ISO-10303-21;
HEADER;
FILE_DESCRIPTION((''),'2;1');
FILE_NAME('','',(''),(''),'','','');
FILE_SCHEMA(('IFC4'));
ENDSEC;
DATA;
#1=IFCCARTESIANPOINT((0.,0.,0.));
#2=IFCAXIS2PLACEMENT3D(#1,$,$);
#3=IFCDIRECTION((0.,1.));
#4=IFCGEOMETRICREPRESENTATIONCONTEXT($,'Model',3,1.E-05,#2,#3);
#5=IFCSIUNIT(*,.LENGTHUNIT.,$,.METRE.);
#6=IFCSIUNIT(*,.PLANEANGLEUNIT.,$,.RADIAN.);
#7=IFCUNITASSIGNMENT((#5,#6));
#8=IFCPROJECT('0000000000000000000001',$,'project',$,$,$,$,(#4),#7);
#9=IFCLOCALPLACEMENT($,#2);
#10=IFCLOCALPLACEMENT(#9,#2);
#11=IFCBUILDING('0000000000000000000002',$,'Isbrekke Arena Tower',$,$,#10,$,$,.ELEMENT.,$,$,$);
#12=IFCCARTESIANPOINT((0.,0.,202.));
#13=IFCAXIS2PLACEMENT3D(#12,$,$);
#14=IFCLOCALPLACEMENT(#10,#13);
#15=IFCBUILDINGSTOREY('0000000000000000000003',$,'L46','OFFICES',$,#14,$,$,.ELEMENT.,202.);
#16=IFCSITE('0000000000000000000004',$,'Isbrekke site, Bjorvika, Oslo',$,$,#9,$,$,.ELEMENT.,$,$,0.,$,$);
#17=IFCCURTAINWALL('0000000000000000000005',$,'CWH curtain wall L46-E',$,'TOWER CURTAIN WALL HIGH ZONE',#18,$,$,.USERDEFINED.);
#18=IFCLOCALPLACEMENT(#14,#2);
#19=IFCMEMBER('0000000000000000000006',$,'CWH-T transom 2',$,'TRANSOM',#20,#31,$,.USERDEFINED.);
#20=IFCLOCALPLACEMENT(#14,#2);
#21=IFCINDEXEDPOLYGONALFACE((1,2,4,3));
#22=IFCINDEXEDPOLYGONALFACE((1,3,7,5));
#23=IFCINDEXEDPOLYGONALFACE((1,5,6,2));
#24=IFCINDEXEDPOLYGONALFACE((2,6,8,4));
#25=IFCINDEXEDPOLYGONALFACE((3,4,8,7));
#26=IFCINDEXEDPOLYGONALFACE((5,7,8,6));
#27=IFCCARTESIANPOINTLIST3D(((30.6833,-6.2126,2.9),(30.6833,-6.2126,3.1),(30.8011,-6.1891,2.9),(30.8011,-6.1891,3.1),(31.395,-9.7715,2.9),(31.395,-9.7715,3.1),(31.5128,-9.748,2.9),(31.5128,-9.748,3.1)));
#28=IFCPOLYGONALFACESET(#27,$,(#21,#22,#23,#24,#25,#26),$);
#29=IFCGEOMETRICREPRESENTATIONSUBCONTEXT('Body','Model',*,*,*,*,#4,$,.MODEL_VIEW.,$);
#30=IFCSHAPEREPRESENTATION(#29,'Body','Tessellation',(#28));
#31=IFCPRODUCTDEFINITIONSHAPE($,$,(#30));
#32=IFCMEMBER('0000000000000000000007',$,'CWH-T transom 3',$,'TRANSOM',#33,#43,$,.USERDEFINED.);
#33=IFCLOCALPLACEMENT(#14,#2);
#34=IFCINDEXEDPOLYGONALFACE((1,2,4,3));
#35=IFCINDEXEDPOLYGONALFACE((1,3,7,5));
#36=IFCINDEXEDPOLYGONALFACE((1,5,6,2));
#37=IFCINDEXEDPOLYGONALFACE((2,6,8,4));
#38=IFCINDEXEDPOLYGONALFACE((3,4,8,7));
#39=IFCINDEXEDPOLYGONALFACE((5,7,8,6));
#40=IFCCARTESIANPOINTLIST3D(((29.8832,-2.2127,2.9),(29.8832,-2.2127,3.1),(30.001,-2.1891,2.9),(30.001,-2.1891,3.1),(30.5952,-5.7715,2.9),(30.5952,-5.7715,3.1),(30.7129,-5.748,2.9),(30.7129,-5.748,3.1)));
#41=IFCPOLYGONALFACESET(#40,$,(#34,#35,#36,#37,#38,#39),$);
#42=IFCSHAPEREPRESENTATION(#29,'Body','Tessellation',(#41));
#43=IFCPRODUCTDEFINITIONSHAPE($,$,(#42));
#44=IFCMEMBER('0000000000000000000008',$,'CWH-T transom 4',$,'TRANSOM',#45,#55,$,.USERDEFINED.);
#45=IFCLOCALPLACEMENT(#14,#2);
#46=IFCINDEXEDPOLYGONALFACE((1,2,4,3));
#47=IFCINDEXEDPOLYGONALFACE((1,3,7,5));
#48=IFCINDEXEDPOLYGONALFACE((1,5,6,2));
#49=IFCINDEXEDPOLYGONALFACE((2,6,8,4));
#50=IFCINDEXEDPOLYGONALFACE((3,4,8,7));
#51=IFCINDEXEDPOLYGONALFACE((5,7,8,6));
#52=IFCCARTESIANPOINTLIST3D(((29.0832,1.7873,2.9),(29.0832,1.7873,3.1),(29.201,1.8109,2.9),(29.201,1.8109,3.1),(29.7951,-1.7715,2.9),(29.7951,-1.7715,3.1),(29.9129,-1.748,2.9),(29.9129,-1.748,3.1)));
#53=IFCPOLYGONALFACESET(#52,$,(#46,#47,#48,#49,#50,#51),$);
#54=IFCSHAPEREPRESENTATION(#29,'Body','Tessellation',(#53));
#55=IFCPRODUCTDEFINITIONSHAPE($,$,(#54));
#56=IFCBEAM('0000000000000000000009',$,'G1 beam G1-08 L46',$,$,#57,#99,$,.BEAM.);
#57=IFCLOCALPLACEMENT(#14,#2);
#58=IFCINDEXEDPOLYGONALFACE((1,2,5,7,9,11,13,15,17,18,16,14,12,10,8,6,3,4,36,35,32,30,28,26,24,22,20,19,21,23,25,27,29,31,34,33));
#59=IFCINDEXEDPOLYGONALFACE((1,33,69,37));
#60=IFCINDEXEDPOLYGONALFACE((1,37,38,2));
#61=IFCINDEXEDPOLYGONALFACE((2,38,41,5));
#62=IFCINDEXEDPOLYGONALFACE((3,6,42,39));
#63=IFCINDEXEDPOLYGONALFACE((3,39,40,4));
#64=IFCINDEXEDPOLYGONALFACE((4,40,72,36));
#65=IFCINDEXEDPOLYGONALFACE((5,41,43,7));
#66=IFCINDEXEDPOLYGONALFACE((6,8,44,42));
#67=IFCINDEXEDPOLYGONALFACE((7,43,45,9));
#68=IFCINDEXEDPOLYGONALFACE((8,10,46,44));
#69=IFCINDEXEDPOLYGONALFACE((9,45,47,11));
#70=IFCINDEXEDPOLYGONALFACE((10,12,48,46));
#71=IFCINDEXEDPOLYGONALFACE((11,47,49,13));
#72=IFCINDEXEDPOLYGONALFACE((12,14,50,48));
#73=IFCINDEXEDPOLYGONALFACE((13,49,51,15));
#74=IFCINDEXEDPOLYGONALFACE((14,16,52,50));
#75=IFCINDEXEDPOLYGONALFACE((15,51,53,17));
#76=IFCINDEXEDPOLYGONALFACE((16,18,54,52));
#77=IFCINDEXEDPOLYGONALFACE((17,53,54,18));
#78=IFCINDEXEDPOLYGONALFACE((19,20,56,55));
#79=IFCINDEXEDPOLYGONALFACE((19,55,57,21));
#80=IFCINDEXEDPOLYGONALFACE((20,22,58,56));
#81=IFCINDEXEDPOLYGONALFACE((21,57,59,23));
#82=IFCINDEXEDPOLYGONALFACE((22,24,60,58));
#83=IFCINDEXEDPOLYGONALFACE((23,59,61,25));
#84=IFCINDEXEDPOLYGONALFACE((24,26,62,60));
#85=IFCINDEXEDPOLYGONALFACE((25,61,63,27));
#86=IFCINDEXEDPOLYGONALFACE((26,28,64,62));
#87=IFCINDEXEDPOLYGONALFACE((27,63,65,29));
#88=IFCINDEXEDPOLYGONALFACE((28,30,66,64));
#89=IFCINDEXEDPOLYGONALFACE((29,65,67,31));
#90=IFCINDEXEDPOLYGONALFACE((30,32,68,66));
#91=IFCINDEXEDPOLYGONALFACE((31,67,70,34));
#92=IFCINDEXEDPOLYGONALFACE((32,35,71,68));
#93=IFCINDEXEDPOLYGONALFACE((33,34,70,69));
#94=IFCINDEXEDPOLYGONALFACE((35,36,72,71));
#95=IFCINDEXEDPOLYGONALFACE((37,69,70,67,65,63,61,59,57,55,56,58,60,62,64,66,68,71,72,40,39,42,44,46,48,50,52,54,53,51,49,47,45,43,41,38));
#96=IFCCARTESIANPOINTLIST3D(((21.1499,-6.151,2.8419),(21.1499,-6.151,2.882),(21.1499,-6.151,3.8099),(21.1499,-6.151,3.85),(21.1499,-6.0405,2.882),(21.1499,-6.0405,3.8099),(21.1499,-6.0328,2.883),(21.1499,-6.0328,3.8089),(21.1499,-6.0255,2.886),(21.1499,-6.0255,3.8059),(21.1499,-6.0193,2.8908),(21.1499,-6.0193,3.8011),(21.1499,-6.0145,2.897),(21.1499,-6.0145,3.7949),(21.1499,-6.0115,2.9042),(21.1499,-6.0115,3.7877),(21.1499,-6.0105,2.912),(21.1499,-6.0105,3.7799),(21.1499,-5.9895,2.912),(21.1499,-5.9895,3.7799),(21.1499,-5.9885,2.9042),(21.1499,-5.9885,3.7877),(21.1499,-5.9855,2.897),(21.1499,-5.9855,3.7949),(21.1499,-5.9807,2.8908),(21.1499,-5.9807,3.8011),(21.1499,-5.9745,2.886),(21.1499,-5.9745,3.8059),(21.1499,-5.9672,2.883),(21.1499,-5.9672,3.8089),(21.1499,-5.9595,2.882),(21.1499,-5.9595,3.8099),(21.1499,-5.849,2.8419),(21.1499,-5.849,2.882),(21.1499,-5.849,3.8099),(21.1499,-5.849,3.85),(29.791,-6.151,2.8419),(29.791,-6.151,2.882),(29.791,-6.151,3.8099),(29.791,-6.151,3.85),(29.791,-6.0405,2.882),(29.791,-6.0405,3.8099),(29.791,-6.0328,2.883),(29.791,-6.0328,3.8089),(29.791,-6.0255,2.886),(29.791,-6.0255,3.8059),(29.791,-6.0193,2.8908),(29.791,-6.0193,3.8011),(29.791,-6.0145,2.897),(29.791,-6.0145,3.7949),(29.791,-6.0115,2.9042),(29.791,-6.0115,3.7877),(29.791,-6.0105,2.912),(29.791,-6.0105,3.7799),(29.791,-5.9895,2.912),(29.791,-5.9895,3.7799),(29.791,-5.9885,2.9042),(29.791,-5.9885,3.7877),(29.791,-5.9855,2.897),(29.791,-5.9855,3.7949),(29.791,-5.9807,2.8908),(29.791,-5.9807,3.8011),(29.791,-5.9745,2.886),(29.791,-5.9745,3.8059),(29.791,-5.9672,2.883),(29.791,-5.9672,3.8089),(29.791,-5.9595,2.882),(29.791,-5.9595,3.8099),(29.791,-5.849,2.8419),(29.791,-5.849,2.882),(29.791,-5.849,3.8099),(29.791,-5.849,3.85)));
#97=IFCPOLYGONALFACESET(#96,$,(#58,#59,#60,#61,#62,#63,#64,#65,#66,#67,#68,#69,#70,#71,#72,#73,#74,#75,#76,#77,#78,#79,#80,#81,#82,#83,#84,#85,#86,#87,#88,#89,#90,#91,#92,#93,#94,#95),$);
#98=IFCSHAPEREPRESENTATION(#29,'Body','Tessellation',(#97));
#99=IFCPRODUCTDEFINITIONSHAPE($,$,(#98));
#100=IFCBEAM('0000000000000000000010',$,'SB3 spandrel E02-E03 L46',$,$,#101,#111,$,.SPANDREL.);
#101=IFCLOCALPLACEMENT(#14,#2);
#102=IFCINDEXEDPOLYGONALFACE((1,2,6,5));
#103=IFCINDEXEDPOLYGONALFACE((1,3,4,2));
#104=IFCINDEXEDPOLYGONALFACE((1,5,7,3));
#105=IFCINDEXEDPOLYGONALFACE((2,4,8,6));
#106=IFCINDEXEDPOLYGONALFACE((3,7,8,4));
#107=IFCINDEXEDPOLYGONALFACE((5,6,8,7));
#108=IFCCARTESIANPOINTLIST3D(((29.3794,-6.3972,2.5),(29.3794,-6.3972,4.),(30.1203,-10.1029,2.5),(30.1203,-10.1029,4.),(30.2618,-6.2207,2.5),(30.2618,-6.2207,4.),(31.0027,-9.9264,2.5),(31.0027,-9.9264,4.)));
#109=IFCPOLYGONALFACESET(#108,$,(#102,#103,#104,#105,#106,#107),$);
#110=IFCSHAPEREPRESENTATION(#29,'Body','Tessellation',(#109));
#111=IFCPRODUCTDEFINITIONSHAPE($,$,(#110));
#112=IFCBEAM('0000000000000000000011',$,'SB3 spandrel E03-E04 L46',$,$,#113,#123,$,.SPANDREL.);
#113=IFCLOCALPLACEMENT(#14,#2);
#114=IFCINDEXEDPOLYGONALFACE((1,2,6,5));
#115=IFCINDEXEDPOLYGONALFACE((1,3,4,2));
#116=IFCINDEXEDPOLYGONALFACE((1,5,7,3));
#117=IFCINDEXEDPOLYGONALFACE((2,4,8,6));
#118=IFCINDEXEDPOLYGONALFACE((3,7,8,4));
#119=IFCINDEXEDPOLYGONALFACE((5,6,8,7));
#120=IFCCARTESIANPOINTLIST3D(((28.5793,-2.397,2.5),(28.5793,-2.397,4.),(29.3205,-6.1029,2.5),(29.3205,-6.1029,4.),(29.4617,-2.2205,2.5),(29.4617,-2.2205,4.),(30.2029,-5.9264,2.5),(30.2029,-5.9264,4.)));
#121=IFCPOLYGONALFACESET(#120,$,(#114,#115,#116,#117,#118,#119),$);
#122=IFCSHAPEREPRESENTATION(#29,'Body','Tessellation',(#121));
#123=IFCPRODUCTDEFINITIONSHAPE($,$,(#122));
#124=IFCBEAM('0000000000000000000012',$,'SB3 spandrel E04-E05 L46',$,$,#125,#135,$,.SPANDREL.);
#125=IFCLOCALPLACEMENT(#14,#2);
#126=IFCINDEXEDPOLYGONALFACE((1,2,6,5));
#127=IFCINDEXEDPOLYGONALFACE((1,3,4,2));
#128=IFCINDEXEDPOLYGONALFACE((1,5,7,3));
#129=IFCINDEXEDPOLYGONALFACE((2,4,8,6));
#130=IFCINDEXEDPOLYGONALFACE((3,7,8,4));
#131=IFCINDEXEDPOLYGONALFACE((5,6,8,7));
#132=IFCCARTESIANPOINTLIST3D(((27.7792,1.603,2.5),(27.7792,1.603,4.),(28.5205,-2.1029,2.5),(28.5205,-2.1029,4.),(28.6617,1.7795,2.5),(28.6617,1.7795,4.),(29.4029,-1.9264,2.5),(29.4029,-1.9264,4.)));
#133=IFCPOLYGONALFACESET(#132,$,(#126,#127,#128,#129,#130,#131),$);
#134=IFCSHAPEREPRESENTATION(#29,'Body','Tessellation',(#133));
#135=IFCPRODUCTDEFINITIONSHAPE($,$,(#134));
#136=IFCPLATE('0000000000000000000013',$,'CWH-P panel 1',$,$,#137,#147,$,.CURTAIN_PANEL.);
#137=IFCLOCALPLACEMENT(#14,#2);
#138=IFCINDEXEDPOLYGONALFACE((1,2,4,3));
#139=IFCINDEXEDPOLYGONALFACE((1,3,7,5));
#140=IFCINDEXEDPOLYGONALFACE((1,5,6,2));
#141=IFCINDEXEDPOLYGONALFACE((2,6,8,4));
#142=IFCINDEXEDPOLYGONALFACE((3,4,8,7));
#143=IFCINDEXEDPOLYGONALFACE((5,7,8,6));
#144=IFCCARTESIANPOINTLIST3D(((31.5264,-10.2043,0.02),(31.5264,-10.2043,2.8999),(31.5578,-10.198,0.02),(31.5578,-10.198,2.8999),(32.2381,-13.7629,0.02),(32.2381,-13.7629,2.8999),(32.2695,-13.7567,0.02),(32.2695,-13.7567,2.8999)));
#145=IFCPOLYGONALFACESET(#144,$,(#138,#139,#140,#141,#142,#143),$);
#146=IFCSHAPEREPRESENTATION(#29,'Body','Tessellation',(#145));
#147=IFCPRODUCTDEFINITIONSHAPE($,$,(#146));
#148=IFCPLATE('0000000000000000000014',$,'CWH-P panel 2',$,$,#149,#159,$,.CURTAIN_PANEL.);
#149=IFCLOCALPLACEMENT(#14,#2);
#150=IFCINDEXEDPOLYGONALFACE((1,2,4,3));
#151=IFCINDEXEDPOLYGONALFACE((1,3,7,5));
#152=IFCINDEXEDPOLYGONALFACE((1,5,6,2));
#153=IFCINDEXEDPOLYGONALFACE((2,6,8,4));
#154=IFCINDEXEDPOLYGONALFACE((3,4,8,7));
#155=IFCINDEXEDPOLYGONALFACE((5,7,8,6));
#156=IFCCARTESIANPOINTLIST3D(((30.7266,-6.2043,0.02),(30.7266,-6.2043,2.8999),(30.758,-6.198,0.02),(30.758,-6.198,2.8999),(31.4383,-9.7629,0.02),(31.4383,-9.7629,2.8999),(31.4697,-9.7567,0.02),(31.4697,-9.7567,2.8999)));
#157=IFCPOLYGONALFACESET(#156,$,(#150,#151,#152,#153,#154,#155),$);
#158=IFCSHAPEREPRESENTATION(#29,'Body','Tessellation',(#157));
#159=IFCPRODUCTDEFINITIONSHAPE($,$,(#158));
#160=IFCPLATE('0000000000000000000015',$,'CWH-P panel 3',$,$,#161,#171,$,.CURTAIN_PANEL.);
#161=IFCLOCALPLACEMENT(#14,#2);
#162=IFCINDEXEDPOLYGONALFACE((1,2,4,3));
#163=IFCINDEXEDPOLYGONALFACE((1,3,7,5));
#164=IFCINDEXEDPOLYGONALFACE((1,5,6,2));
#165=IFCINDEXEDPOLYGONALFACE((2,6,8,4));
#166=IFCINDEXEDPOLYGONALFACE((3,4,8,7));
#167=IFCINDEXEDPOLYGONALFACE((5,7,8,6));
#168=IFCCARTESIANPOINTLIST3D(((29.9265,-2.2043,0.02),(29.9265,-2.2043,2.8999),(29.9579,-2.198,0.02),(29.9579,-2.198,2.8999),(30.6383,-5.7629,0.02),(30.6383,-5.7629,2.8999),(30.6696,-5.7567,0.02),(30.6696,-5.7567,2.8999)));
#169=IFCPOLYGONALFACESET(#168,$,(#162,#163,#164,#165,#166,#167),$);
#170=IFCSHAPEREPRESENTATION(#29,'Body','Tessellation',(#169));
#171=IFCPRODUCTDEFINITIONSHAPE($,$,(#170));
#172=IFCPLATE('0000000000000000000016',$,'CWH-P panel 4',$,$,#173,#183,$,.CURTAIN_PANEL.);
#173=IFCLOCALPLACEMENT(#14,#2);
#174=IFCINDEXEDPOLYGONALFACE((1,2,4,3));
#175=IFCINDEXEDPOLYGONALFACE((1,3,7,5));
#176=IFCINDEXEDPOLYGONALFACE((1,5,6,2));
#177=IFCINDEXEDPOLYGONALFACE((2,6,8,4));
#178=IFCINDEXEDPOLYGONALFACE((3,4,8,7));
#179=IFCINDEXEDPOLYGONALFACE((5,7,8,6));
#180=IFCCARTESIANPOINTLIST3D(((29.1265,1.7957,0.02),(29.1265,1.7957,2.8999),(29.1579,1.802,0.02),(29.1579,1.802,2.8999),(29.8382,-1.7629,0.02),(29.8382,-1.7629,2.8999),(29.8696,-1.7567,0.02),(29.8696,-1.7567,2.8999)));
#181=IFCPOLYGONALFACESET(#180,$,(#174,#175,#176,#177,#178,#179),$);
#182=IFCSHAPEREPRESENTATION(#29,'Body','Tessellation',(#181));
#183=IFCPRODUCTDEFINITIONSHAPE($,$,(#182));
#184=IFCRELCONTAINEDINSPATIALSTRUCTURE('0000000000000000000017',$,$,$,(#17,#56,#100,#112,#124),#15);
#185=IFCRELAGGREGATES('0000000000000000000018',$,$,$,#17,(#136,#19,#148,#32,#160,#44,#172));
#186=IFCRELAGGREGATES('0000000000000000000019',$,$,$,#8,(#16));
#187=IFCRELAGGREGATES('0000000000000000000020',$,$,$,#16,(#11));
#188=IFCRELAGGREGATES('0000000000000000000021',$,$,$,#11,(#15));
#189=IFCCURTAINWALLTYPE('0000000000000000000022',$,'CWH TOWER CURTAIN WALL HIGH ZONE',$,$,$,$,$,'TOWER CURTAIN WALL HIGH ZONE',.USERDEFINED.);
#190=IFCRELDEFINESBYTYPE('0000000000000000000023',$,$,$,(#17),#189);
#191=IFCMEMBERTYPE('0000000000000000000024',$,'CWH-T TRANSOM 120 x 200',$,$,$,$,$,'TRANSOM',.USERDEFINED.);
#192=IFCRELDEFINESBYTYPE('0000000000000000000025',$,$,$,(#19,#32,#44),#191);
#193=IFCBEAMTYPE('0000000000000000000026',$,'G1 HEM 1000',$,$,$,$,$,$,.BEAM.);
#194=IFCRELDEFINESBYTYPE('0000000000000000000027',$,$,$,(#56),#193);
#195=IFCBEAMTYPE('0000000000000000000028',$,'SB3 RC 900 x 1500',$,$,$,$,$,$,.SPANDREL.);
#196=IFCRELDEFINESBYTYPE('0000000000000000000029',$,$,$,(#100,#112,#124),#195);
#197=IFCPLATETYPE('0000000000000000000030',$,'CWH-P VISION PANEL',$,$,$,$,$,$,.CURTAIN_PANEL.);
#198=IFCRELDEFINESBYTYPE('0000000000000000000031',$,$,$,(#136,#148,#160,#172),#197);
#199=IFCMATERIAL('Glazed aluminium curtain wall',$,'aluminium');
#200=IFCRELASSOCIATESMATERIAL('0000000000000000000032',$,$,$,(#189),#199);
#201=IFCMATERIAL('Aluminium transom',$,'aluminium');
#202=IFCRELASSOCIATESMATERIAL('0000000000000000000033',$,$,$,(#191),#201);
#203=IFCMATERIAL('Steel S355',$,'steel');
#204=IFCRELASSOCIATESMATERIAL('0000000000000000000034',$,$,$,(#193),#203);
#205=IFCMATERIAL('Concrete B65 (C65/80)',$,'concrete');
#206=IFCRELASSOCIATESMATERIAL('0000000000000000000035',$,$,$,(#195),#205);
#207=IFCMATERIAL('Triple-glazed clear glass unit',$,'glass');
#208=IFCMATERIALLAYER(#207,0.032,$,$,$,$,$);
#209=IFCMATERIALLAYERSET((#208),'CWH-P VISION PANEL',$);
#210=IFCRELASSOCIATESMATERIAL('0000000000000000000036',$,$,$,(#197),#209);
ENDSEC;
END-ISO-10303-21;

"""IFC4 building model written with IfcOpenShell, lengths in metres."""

from ifc_helpers import new_model, si_unit, direction, frame, origin, origin_2d, place, context, subcontext, project, spatial, rectangle, i_section, extrude, material, layer, layer_set, material_profile, profile_set, type_object, element, aggregate, save


model = new_model("IFC4")

# Units and contexts
model_context = context("Model", 3, precision=1e-05, world=origin(), true_north=direction((0.0, 1.0)))
body_context = subcontext(model_context, "Body", "Model", "MODEL_VIEW")
ifc_project = project(units=[si_unit("LENGTHUNIT", "METRE"), si_unit("PLANEANGLEUNIT", "RADIAN")], contexts=[model_context])

# Site, building, storey
site_placement = place(None, origin())
site = spatial("IfcSite", under=ifc_project, at=site_placement, Name="Isbrekke site, Bjorvika, Oslo", CompositionType="ELEMENT", RefElevation=0.0)
building_placement = place(site_placement, origin())
building = spatial("IfcBuilding", under=site, at=building_placement, Name="Isbrekke Arena Tower", CompositionType="ELEMENT")
storey_placement = place(building_placement, frame((0.0, 0.0, 202.0)))
storey = spatial("IfcBuildingStorey", under=building, at=storey_placement, Name="L46", Description="OFFICES", CompositionType="ELEMENT", Elevation=202.0)

# Curtain wall, members
ifc_material_1 = material(Name="Glazed aluminium curtain wall", Category="aluminium")
curtain_wall_type = type_object("IfcCurtainWallType", Name="CWH TOWER CURTAIN WALL HIGH ZONE", ElementType="TOWER CURTAIN WALL HIGH ZONE", PredefinedType="USERDEFINED", material=ifc_material_1)
curtain_wall_placement = place(storey_placement, origin())
curtain_wall = element("IfcCurtainWall", 1, at=curtain_wall_placement, inside=storey, type_object=curtain_wall_type, Name="CWH curtain wall L46-E", ObjectType="TOWER CURTAIN WALL HIGH ZONE", PredefinedType="USERDEFINED")
ifc_material_2 = material(Name="Aluminium transom", Category="aluminium")
ifc_material_profile_1 = material_profile(ifc_material_2, rectangle(XDim=0.1201, YDim=0.2, at=origin_2d()), Name="TRANSOM 120X200")
ifc_profile_set_1 = profile_set([ifc_material_profile_1], Name="Aluminium transom")
member_type_1 = type_object("IfcMemberType", Name="CWH-T TRANSOM 120 x 200", ElementType="TRANSOM", PredefinedType="USERDEFINED", material=ifc_profile_set_1)
member_1_placement = place(storey_placement, frame((31.4539, -9.7598, 3.0), z_axis=(-0.19609, 0.980586, 0.0), x_axis=(-0.980586, -0.19609, 0.0)))
member_1 = element("IfcMember", 2, at=member_1_placement, type_object=member_type_1, Name="CWH-T transom 2", ObjectType="TRANSOM", PredefinedType="USERDEFINED", context=body_context, shape_type="SweptSolid", body=[
    extrude(rectangle(XDim=0.1201, YDim=0.2, at=origin_2d()), origin(), (0.0, 0.0, 1.0), 3.6294),
])
member_2_placement = place(storey_placement, frame((30.6541, -5.7598, 3.0), z_axis=(-0.196155, 0.980573, 0.0), x_axis=(-0.980573, -0.196155, 0.0)))
member_2 = element("IfcMember", 3, at=member_2_placement, type_object=member_type_1, Name="CWH-T transom 3", ObjectType="TRANSOM", PredefinedType="USERDEFINED", context=body_context, shape_type="SweptSolid", body=[
    extrude(rectangle(XDim=0.1201, YDim=0.2, at=origin_2d()), origin(), (0.0, 0.0, 1.0), 3.6294),
])
member_3_placement = place(storey_placement, frame((29.854, -1.7598, 3.0), z_axis=(-0.196155, 0.980573, 0.0), x_axis=(-0.980573, -0.196155, 0.0)))
member_3 = element("IfcMember", 4, at=member_3_placement, type_object=member_type_1, Name="CWH-T transom 4", ObjectType="TRANSOM", PredefinedType="USERDEFINED", context=body_context, shape_type="SweptSolid", body=[
    extrude(rectangle(XDim=0.1201, YDim=0.2, at=origin_2d()), origin(), (0.0, 0.0, 1.0), 3.6294),
])

# Beams
ifc_material_3 = material(Name="Steel S355", Category="steel")
ifc_material_profile_2 = material_profile(ifc_material_3, i_section(OverallWidth=0.302, OverallDepth=1.0081, WebThickness=0.021, FlangeThickness=0.04, FilletRadius=0.03, at=origin_2d()), Name="HEM 1000")
ifc_profile_set_2 = profile_set([ifc_material_profile_2], Name="Steel S355")
beam_type_1 = type_object("IfcBeamType", Name="G1 HEM 1000", PredefinedType="BEAM", material=ifc_profile_set_2)
beam_1_placement = place(storey_placement, frame((21.1499, -6.0, 3.3459), z_axis=(1.0, 0.0, 0.0), x_axis=(0.0, 1.0, 0.0)))
element("IfcBeam", 5, at=beam_1_placement, inside=storey, type_object=beam_type_1, Name="G1 beam G1-08 L46", PredefinedType="BEAM", context=body_context, shape_type="SweptSolid", body=[
    extrude(i_section(OverallWidth=0.302, OverallDepth=1.0081, WebThickness=0.021, FlangeThickness=0.04, FilletRadius=0.03, at=origin_2d()), origin(), (0.0, 0.0, 1.0), 8.6411),
])
ifc_material_4 = material(Name="Concrete B65 (C65/80)", Category="concrete")
ifc_material_profile_3 = material_profile(ifc_material_4, rectangle(XDim=0.8999, YDim=1.5, at=origin_2d()), Name="RC 900x1500")
ifc_profile_set_3 = profile_set([ifc_material_profile_3], Name="Concrete B65 (C65/80)")
beam_type_2 = type_object("IfcBeamType", Name="SB3 RC 900 x 1500", PredefinedType="SPANDREL", material=ifc_profile_set_3)
beam_2_placement = place(storey_placement, frame((30.5615, -10.0146, 3.25), z_axis=(-0.196066, 0.980591, 0.0), x_axis=(-0.980591, -0.196066, 0.0)))
element("IfcBeam", 6, at=beam_2_placement, inside=storey, type_object=beam_type_2, Name="SB3 spandrel E02-E03 L46", PredefinedType="SPANDREL", context=body_context, shape_type="SweptSolid", body=[
    extrude(rectangle(XDim=0.8999, YDim=1.5, at=origin_2d()), origin(), (0.0, 0.0, 1.0), 3.7791),
])
for number, where, z_axis, x_axis, name in (
    (7, (29.7617, -6.0146, 3.25), (-0.196129, 0.980578, 0.0), (-0.980578, -0.196129, 0.0), "SB3 spandrel E03-E04 L46"),
    (8, (28.9617, -2.0146, 3.25), (-0.196129, 0.980578, 0.0), (-0.980578, -0.196129, 0.0), "SB3 spandrel E04-E05 L46"),
):
    element("IfcBeam", number, at=place(storey_placement, frame(where, z_axis=z_axis, x_axis=x_axis)), inside=storey, type_object=beam_type_2, Name=name, PredefinedType="SPANDREL", context=body_context, shape_type="SweptSolid", body=[
        extrude(rectangle(XDim=0.8999, YDim=1.5, at=origin_2d()), origin(), (0.0, 0.0, 1.0), 3.7793),
    ])

# Plates
ifc_material_5 = material(Name="Triple-glazed clear glass unit", Category="glass")
ifc_layer_1 = layer(ifc_material_5, 0.032)
ifc_layer_set_1 = layer_set([ifc_layer_1], Name="CWH-P VISION PANEL")
plate_type = type_object("IfcPlateType", Name="CWH-P VISION PANEL", PredefinedType="CURTAIN_PANEL", material=ifc_layer_set_1)
plate_1_placement = place(storey_placement, frame((31.8979, -11.9805, 0.02), z_axis=(0.0, 0.0, 1.0), x_axis=(-0.196116, 0.980581, 0.0)))
plate_1 = element("IfcPlate", 9, at=plate_1_placement, type_object=plate_type, Name="CWH-P panel 1", PredefinedType="CURTAIN_PANEL", context=body_context, shape_type="SweptSolid", body=[
    extrude(rectangle(XDim=3.6292, YDim=0.032, at=origin_2d()), origin(), (0.0, 0.0, 1.0), 2.8799),
])
plate_2_placement = place(storey_placement, frame((31.0981, -7.9805, 0.02), z_axis=(0.0, 0.0, 1.0), x_axis=(-0.196116, 0.980581, 0.0)))
plate_2 = element("IfcPlate", 10, at=plate_2_placement, type_object=plate_type, Name="CWH-P panel 2", PredefinedType="CURTAIN_PANEL", context=body_context, shape_type="SweptSolid", body=[
    extrude(rectangle(XDim=3.6292, YDim=0.032, at=origin_2d()), origin(), (0.0, 0.0, 1.0), 2.8799),
])
plate_3_placement = place(storey_placement, frame((30.2981, -3.9805, 0.02), z_axis=(0.0, 0.0, 1.0), x_axis=(-0.196116, 0.980581, 0.0)))
plate_3 = element("IfcPlate", 11, at=plate_3_placement, type_object=plate_type, Name="CWH-P panel 3", PredefinedType="CURTAIN_PANEL", context=body_context, shape_type="SweptSolid", body=[
    extrude(rectangle(XDim=3.6292, YDim=0.032, at=origin_2d()), origin(), (0.0, 0.0, 1.0), 2.8799),
])
plate_4_placement = place(storey_placement, frame((29.498, 0.0195, 0.02), z_axis=(0.0, 0.0, 1.0), x_axis=(-0.196116, 0.980581, 0.0)))
plate_4 = element("IfcPlate", 12, at=plate_4_placement, type_object=plate_type, Name="CWH-P panel 4", PredefinedType="CURTAIN_PANEL", context=body_context, shape_type="SweptSolid", body=[
    extrude(rectangle(XDim=3.6292, YDim=0.032, at=origin_2d()), origin(), (0.0, 0.0, 1.0), 2.8799),
])
aggregate(curtain_wall, [plate_1, member_1, plate_2, member_2, plate_3, member_3, plate_4])

save(model, "model.ifc")
